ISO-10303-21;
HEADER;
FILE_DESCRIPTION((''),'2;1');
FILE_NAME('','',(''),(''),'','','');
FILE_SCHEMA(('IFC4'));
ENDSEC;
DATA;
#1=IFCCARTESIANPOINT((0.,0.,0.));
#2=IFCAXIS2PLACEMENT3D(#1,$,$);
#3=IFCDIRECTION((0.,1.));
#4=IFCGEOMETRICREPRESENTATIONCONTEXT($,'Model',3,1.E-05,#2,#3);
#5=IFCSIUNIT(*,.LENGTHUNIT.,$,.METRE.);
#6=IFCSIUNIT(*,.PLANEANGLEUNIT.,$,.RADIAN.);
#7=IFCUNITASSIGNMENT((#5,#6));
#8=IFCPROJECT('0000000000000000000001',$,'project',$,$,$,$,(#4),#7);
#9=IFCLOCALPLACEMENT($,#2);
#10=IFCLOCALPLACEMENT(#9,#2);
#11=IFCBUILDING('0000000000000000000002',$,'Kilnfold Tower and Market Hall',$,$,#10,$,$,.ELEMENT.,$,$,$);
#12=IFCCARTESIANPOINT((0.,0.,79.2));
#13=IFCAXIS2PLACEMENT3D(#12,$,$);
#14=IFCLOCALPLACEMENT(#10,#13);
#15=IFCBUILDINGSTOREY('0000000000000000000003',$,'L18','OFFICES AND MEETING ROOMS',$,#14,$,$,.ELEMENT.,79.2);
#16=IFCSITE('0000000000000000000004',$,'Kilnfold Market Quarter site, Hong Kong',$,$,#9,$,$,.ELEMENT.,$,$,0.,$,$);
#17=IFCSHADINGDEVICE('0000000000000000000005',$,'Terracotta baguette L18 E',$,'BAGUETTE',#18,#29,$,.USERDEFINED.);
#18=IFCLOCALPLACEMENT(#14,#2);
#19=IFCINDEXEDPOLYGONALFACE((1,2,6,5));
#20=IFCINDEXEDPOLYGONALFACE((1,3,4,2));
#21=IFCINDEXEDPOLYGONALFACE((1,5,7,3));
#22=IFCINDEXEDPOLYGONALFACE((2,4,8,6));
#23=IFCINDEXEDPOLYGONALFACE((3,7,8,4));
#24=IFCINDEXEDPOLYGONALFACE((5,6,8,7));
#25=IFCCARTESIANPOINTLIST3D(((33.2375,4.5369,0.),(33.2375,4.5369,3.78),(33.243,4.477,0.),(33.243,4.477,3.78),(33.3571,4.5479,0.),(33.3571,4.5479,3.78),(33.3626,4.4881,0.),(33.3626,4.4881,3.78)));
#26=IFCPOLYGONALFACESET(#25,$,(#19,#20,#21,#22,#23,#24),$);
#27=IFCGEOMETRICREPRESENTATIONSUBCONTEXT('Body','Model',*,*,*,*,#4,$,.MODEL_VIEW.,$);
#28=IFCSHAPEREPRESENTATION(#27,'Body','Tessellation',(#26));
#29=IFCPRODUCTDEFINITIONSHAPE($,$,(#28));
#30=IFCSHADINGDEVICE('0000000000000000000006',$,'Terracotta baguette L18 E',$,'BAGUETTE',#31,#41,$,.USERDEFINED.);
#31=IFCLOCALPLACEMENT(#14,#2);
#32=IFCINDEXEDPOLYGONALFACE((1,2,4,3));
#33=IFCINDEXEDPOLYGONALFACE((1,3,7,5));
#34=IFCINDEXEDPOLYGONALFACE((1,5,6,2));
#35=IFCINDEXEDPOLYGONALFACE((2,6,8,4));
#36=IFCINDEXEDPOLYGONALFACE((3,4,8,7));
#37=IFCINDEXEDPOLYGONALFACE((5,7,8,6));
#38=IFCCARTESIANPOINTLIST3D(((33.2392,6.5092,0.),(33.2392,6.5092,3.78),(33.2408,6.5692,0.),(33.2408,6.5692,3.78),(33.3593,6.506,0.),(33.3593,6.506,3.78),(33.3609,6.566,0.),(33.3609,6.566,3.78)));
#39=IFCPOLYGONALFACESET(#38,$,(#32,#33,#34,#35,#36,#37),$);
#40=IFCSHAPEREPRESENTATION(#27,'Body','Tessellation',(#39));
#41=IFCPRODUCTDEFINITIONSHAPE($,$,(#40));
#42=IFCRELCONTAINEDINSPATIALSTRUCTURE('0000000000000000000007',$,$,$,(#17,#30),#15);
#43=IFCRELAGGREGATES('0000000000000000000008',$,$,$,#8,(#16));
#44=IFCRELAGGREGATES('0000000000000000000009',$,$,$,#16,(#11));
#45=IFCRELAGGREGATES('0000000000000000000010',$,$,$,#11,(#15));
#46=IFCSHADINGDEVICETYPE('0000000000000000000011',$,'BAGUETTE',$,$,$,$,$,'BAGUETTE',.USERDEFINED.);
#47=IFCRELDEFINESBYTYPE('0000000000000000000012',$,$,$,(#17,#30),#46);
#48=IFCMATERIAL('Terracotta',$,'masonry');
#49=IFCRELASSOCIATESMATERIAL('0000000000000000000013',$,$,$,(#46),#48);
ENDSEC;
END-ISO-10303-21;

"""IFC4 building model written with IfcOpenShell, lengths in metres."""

from ifc_helpers import new_model, si_unit, direction, frame, origin, origin_2d, place, context, subcontext, project, spatial, rectangle, extrude, source, transform, mapped, material, material_profile, profile_set, type_object, element, save


model = new_model("IFC4")

# Units and contexts
model_context = context("Model", 3, precision=1e-05, world=origin(), true_north=direction((0.0, 1.0)))
body_context = subcontext(model_context, "Body", "Model", "MODEL_VIEW")
ifc_project = project(units=[si_unit("LENGTHUNIT", "METRE"), si_unit("PLANEANGLEUNIT", "RADIAN")], contexts=[model_context])

# Site, building, storey
site_placement = place(None, origin())
site = spatial("IfcSite", under=ifc_project, at=site_placement, Name="Kilnfold Market Quarter site, Hong Kong", CompositionType="ELEMENT", RefElevation=0.0)
building_placement = place(site_placement, origin())
building = spatial("IfcBuilding", under=site, at=building_placement, Name="Kilnfold Tower and Market Hall", CompositionType="ELEMENT")
storey_placement = place(building_placement, frame((0.0, 0.0, 79.2)))
storey = spatial("IfcBuildingStorey", under=building, at=storey_placement, Name="L18", Description="OFFICES AND MEETING ROOMS", CompositionType="ELEMENT", Elevation=79.2)

# Shading devices
ifc_material_1 = material(Name="Terracotta", Category="masonry")
ifc_material_profile_1 = material_profile(ifc_material_1, rectangle(XDim=0.0601, YDim=0.1201, at=origin_2d()), Name="BAG 60x120")
ifc_profile_set_1 = profile_set([ifc_material_profile_1], Name="Terracotta")
shading_device_type = type_object("IfcShadingDeviceType", Name="BAGUETTE", ElementType="BAGUETTE", PredefinedType="USERDEFINED", material=ifc_profile_set_1)
shared_shape_1 = source(origin(), body_context, "Body", "SweptSolid", [
    extrude(rectangle(XDim=0.0601, YDim=0.1201, at=origin_2d()), origin(), (0.0, 0.0, 1.0), 3.78),
])
for number, where, z_axis, x_axis, name in (
    (1, (33.3, 4.5125, 0.0), (0.0, 0.0, 1.0), (-0.09163, 0.995793, 0.0), "Terracotta baguette L18 E"),
    (2, (33.3, 6.5376, 0.0), (0.0, 0.0, 1.0), (0.026606, 0.999646, 0.0), "Terracotta baguette L18 E"),
):
    element("IfcShadingDevice", number, at=place(storey_placement, frame(where, z_axis=z_axis, x_axis=x_axis)), inside=storey, type_object=shading_device_type, Name=name, ObjectType="BAGUETTE", PredefinedType="USERDEFINED", context=body_context, shape_type="MappedRepresentation", body=[
        mapped(shared_shape_1, transform((0.0, 0.0, 0.0))),
    ])

save(model, "model.ifc")
